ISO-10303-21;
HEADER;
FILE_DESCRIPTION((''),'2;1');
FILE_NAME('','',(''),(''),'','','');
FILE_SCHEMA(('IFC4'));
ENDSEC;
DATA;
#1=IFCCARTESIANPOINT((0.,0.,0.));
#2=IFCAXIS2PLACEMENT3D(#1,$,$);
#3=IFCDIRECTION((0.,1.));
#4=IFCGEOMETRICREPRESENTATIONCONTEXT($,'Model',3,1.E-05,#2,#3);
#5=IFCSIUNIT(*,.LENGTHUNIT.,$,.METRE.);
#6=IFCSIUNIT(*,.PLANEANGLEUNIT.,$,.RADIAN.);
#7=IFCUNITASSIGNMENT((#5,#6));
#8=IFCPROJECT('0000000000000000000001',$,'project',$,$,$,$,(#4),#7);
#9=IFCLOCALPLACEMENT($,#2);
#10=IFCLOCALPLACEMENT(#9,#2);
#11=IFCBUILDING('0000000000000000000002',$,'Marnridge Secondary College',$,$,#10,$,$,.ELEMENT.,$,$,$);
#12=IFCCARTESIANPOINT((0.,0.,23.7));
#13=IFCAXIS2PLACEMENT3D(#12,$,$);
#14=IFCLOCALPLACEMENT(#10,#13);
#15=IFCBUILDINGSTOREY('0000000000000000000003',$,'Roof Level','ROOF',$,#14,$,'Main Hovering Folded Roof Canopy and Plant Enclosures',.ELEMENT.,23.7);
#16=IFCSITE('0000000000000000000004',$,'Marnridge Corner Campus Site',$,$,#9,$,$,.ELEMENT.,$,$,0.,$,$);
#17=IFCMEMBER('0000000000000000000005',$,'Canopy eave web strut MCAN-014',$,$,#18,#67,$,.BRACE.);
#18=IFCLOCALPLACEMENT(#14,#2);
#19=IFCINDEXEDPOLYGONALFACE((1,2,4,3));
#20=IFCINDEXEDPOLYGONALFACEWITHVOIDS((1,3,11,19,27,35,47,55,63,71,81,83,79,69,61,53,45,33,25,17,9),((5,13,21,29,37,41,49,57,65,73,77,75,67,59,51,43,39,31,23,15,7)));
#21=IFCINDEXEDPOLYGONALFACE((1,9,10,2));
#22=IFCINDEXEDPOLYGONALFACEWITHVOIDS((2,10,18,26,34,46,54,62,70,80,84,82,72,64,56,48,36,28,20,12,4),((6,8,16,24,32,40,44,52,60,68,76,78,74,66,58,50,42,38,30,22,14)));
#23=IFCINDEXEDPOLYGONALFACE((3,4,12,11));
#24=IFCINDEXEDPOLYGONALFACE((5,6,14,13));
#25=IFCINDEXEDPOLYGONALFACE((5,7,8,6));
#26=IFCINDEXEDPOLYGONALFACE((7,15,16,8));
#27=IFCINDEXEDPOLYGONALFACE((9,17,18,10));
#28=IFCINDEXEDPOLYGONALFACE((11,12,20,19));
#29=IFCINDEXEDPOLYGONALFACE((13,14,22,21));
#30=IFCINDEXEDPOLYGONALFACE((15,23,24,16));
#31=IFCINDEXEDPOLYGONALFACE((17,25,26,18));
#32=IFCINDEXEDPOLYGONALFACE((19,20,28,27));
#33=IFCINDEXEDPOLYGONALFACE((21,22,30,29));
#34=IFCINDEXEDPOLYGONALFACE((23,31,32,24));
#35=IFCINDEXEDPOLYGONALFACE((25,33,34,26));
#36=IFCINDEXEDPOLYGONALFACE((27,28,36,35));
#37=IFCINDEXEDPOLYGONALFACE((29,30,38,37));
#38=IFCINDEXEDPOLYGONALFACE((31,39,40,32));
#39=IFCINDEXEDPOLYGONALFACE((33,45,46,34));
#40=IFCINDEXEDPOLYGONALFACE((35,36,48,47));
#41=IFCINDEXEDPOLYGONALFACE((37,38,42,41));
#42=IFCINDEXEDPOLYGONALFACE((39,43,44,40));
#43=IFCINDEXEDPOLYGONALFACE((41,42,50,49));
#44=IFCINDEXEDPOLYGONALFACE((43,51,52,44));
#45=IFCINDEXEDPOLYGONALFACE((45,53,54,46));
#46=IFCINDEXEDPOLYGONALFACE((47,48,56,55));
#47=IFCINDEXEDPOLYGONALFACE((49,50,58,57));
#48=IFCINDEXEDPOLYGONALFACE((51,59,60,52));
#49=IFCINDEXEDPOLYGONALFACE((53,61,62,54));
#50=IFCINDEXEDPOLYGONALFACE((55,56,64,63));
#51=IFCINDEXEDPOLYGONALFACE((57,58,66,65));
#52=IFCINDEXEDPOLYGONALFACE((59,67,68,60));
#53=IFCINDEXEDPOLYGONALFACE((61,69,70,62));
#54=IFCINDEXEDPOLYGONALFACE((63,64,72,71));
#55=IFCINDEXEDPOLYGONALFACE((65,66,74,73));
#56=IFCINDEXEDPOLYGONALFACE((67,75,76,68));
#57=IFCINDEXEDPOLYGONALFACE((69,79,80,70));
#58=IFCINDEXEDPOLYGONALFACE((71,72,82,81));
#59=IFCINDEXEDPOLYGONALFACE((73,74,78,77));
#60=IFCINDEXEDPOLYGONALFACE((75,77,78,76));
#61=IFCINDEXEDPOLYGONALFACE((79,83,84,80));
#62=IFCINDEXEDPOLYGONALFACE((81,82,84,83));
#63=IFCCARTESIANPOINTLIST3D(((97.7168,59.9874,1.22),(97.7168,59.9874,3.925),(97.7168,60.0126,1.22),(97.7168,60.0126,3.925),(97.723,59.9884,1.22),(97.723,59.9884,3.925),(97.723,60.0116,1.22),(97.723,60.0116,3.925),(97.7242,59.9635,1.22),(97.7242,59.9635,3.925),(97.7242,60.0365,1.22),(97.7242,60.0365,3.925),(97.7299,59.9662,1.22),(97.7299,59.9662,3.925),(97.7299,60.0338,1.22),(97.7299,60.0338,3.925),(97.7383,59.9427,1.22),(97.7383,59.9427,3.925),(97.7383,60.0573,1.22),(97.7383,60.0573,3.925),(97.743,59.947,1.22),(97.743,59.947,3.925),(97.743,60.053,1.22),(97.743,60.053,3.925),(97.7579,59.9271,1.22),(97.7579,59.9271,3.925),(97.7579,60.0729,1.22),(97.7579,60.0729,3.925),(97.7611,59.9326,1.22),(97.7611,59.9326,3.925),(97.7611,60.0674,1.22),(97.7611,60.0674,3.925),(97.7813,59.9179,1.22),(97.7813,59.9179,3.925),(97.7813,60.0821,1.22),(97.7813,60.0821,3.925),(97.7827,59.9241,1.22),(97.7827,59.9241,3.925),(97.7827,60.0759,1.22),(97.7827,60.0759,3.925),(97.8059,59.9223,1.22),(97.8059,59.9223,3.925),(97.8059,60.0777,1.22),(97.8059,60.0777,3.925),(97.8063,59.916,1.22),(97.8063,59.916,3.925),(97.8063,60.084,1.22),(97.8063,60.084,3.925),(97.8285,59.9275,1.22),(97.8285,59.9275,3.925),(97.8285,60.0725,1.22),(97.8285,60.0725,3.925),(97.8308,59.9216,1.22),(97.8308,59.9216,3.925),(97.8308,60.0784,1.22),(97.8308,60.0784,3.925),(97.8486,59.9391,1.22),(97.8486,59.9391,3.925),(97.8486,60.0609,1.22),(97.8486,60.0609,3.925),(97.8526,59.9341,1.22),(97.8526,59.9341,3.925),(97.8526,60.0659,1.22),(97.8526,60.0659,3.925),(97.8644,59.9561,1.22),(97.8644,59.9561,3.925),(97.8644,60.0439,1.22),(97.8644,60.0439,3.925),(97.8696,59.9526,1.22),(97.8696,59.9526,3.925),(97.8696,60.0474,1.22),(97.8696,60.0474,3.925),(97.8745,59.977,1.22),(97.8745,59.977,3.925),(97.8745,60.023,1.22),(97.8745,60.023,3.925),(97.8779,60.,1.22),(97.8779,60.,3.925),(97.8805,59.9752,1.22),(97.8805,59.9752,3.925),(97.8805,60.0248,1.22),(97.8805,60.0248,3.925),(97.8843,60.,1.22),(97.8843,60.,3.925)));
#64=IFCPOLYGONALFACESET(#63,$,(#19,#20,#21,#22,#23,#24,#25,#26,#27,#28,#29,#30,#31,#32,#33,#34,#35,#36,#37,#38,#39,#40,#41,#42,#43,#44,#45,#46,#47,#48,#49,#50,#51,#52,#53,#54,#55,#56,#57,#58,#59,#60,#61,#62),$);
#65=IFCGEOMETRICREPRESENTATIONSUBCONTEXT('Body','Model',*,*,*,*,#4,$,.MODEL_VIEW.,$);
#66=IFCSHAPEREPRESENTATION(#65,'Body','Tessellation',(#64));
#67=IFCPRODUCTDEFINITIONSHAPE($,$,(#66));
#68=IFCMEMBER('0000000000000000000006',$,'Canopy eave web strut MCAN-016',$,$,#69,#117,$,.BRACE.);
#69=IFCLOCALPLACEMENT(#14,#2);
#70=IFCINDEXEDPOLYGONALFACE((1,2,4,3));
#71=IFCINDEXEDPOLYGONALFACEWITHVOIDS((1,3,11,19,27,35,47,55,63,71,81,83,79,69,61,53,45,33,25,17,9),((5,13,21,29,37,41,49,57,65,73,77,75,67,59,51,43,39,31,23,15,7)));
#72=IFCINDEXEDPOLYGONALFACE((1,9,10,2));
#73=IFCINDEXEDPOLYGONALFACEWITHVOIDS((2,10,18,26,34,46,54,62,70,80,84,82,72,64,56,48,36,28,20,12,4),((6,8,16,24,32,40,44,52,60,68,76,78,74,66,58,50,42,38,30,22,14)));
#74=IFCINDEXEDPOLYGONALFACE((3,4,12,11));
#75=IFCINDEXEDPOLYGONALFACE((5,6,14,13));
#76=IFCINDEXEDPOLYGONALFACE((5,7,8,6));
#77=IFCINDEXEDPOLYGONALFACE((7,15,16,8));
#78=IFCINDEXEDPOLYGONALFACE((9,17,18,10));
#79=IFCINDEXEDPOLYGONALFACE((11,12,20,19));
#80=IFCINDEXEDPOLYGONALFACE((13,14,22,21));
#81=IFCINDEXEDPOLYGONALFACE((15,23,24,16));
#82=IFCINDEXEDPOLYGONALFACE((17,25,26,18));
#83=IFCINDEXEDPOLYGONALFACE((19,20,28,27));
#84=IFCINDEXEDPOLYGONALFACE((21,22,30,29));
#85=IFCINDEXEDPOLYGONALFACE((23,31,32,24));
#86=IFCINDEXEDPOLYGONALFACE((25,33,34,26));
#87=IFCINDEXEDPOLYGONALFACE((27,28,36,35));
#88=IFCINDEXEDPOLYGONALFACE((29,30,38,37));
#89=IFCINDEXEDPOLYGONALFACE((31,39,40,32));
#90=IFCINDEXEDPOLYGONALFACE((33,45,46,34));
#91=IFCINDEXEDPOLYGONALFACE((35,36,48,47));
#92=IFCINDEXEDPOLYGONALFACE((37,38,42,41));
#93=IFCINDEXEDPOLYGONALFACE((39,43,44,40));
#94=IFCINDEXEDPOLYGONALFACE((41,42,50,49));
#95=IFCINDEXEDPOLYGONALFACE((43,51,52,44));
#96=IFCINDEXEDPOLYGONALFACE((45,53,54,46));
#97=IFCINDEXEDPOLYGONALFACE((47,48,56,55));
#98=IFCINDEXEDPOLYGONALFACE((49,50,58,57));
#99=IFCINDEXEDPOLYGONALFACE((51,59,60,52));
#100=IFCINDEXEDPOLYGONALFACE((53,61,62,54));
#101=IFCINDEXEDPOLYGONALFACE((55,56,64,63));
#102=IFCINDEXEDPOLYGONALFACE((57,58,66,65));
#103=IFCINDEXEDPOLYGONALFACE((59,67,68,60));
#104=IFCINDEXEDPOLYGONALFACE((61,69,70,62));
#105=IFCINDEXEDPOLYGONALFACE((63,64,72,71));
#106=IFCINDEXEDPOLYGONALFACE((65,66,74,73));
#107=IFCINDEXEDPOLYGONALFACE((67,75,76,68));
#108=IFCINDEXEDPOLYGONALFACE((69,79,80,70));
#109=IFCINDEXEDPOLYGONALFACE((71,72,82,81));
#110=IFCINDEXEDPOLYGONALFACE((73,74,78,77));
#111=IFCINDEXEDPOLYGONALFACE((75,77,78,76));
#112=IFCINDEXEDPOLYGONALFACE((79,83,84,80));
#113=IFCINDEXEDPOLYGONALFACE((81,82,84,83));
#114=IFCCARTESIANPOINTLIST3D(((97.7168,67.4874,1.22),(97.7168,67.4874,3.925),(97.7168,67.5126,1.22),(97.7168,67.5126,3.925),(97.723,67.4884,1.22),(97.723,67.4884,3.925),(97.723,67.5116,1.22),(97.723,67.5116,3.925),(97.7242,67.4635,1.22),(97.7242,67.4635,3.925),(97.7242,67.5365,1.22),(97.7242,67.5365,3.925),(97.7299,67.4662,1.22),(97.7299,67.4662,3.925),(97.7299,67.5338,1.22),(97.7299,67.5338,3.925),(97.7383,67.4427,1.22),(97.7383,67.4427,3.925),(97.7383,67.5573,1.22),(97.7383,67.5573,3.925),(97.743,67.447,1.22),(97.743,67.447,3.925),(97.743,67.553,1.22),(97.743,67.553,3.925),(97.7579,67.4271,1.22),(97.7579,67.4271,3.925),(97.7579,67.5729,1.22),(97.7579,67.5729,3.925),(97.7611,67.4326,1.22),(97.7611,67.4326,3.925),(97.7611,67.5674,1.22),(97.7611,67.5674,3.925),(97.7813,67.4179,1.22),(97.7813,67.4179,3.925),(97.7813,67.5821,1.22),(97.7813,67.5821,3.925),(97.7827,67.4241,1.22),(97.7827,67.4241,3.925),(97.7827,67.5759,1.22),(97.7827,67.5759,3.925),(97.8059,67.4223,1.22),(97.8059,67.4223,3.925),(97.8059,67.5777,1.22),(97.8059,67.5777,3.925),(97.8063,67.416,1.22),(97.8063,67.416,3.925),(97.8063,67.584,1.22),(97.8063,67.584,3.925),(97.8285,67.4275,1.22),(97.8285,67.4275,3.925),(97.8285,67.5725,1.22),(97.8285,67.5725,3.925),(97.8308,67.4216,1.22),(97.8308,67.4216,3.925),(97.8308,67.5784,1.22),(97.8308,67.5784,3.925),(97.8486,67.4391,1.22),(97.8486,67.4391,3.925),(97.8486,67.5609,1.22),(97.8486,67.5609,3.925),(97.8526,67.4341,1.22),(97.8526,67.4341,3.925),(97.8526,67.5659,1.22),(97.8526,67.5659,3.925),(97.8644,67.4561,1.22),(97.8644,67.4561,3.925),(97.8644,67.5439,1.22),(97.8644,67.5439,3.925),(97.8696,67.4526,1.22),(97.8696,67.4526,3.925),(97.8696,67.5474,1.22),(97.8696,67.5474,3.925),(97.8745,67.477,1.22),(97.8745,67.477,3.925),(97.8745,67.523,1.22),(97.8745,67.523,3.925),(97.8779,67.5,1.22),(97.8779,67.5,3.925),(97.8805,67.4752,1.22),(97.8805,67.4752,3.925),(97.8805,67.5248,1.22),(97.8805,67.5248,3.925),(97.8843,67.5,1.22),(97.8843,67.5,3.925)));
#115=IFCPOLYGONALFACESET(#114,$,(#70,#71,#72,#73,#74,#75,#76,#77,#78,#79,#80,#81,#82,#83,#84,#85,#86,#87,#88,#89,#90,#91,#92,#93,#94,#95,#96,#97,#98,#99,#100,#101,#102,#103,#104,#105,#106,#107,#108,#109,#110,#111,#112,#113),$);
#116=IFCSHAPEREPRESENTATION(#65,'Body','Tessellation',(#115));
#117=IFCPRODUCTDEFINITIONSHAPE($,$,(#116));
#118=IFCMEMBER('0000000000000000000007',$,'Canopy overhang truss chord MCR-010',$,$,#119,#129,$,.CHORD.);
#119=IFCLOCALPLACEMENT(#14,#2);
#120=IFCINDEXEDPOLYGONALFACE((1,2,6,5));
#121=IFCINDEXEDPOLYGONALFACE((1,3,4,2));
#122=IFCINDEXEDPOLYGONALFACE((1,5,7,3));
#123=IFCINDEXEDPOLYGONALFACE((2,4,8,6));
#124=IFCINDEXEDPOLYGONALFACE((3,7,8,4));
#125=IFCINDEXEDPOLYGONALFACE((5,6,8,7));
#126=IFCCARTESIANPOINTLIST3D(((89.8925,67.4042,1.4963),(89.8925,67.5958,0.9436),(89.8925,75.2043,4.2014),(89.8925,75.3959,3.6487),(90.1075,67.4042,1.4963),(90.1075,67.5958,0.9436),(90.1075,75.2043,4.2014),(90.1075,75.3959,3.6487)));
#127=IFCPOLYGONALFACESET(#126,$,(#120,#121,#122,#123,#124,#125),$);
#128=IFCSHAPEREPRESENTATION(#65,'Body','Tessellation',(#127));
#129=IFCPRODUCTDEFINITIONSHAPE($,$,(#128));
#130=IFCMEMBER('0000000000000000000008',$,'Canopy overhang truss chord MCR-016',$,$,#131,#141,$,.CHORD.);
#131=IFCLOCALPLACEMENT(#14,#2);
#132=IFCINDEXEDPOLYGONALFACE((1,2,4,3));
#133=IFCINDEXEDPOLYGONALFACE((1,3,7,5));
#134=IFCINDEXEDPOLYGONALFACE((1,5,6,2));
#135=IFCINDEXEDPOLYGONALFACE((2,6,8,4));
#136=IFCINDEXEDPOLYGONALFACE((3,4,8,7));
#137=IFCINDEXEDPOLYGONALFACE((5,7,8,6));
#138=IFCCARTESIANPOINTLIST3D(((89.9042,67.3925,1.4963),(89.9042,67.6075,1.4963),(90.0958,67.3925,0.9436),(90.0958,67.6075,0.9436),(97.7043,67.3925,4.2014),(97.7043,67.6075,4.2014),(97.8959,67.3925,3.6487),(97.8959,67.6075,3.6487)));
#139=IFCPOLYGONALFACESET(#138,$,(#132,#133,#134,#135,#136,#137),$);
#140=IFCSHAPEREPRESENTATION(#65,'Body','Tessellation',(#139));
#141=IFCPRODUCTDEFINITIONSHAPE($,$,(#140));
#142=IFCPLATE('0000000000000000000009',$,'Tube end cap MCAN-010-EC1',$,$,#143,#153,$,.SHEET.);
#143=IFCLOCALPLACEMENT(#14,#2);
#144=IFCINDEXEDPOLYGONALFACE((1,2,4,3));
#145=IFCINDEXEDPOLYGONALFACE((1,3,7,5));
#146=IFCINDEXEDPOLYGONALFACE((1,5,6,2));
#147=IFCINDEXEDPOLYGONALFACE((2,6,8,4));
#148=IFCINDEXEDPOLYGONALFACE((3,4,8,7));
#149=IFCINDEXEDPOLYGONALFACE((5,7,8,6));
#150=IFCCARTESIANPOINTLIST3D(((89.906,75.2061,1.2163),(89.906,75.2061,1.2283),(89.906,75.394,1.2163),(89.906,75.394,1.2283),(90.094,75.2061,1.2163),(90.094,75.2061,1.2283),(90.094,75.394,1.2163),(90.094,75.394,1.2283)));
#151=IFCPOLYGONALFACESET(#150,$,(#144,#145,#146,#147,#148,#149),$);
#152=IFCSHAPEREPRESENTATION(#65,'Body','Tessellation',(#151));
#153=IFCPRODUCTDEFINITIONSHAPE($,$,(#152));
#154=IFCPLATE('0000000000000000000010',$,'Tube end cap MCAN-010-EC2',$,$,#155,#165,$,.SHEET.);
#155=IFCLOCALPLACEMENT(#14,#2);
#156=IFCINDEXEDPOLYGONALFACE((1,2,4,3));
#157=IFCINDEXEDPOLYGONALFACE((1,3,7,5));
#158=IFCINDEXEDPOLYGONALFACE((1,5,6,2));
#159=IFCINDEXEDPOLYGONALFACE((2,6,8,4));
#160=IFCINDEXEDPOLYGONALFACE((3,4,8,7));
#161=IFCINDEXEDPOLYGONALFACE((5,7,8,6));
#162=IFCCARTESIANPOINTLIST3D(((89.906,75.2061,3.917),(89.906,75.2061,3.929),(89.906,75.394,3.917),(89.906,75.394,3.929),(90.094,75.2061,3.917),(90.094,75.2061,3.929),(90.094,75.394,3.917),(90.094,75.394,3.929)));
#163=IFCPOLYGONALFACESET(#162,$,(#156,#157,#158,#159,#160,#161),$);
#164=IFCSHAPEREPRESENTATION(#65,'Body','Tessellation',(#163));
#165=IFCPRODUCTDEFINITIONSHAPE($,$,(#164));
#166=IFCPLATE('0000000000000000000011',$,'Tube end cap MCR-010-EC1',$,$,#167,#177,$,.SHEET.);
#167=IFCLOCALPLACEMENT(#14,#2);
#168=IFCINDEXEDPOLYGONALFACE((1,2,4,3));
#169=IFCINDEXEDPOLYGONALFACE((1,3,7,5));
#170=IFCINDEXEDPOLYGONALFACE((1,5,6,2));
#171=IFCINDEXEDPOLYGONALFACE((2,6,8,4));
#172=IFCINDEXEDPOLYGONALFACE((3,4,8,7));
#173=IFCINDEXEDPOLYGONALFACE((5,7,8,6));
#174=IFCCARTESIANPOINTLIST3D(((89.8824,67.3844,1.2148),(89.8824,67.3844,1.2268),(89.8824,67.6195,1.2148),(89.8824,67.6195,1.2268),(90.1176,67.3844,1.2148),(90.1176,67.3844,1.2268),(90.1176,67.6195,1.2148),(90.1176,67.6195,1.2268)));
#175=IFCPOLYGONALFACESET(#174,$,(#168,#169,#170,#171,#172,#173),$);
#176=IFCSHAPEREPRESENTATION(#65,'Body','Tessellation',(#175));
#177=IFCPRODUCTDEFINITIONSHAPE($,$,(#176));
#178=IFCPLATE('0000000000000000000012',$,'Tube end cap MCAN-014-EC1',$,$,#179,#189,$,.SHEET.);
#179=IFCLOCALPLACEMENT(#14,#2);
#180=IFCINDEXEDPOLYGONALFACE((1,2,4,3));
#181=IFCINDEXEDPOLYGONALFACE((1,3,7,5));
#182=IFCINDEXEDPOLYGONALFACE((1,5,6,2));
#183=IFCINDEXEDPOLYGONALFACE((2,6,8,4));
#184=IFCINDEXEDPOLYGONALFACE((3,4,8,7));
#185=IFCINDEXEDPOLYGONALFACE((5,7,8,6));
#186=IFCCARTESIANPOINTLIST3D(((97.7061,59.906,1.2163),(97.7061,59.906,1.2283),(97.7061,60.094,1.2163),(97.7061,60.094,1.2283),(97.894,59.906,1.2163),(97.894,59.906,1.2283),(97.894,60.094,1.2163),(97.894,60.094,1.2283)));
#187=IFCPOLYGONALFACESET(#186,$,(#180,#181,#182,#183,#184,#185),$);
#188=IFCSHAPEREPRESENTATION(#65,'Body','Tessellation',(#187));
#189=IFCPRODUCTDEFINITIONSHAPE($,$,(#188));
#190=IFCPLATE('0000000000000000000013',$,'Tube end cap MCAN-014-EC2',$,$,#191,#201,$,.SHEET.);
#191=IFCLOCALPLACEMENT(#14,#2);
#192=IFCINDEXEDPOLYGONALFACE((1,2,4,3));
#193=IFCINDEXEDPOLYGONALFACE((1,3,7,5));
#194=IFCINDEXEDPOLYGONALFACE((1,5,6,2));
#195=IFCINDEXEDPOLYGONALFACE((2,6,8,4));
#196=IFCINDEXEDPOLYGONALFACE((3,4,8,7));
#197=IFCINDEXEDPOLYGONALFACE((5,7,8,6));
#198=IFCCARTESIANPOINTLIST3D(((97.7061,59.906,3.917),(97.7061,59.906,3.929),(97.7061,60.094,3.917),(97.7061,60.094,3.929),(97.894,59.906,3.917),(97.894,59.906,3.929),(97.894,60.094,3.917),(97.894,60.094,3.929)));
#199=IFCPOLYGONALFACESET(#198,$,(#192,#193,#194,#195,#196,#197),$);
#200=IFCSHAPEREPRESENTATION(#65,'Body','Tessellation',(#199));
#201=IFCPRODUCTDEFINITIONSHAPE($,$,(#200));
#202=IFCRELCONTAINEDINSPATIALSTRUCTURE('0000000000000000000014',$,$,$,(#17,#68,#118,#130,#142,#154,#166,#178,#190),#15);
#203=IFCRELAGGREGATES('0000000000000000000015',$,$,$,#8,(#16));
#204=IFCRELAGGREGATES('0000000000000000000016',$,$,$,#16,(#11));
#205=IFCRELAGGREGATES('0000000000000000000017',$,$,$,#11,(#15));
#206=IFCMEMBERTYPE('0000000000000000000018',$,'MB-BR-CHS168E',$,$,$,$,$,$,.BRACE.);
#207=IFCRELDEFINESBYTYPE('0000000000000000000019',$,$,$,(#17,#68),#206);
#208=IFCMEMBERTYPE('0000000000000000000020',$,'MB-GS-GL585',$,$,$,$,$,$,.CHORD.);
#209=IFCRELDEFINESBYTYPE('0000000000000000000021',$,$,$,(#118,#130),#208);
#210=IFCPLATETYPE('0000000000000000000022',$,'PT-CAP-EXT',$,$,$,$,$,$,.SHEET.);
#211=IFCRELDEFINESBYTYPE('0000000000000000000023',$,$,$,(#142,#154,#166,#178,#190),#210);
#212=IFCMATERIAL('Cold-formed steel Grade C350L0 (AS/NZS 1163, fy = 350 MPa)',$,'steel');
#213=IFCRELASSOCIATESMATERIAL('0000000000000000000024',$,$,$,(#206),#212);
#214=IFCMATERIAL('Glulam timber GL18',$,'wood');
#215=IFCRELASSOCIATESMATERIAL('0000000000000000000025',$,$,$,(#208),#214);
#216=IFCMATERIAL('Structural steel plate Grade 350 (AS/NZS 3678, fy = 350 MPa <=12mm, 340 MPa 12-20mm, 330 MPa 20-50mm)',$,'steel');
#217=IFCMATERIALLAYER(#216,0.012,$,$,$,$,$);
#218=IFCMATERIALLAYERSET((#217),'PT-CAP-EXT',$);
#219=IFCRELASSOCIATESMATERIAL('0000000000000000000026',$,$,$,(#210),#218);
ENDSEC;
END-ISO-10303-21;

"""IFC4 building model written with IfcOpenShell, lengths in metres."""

from ifc_helpers import new_model, si_unit, direction, frame, origin, origin_2d, place, context, subcontext, project, spatial, rectangle, hollow_circle, extrude, material, layer, layer_set, material_profile, profile_set, type_object, element, save


model = new_model("IFC4")

# Units and contexts
model_context = context("Model", 3, precision=1e-05, world=origin(), true_north=direction((0.0, 1.0)))
body_context = subcontext(model_context, "Body", "Model", "MODEL_VIEW")
ifc_project = project(units=[si_unit("LENGTHUNIT", "METRE"), si_unit("PLANEANGLEUNIT", "RADIAN")], contexts=[model_context])

# Site, building, storey
site_placement = place(None, origin())
site = spatial("IfcSite", under=ifc_project, at=site_placement, Name="Marnridge Corner Campus Site", CompositionType="ELEMENT", RefElevation=0.0)
building_placement = place(site_placement, origin())
building = spatial("IfcBuilding", under=site, at=building_placement, Name="Marnridge Secondary College", CompositionType="ELEMENT")
storey_placement = place(building_placement, frame((0.0, 0.0, 23.7)))
storey = spatial("IfcBuildingStorey", under=building, at=storey_placement, Name="Roof Level", Description="ROOF", LongName="Main Hovering Folded Roof Canopy and Plant Enclosures", CompositionType="ELEMENT", Elevation=23.7)

# Members
ifc_material_1 = material(Name="Cold-formed steel Grade C350L0 (AS/NZS 1163, fy = 350 MPa)", Category="steel")
ifc_material_profile_1 = material_profile(ifc_material_1, hollow_circle(Radius=0.0842, WallThickness=0.0063, at=origin_2d()), Name="168.3x6.4CHS")
ifc_profile_set_1 = profile_set([ifc_material_profile_1], Name="Cold-formed steel Grade C350L0 (AS/NZS 1163, fy = 350 MPa)")
member_type_1 = type_object("IfcMemberType", Name="MB-BR-CHS168E", PredefinedType="BRACE", material=ifc_profile_set_1)
for number, where, z_axis, x_axis, name in (
    (1, (97.8, 60.0, 1.22), (0.0, 0.0, 1.0), (1.0, 0.0, 0.0), "Canopy eave web strut MCAN-014"),
    (2, (97.8, 67.5, 1.22), (0.0, 0.0, 1.0), (1.0, 0.0, 0.0), "Canopy eave web strut MCAN-016"),
):
    element("IfcMember", number, at=place(storey_placement, frame(where, z_axis=z_axis, x_axis=x_axis)), inside=storey, type_object=member_type_1, Name=name, PredefinedType="BRACE", context=body_context, shape_type="SweptSolid", body=[
        extrude(hollow_circle(Radius=0.0842, WallThickness=0.0063, at=origin_2d()), origin(), (0.0, 0.0, 1.0), 2.7051),
    ])
ifc_material_2 = material(Name="Glulam timber GL18", Category="wood")
ifc_material_profile_2 = material_profile(ifc_material_2, rectangle(XDim=0.2151, YDim=0.585, at=origin_2d()), Name="GL18 215x585")
ifc_profile_set_2 = profile_set([ifc_material_profile_2], Name="Glulam timber GL18")
member_type_2 = type_object("IfcMemberType", Name="MB-GS-GL585", PredefinedType="CHORD", material=ifc_profile_set_2)
for number, where, z_axis, x_axis, name in (
    (3, (90.0, 67.5, 1.22), (0.0, 0.944796, 0.327658), (-1.0, 0.0, 0.0), "Canopy overhang truss chord MCR-010"),
    (4, (90.0, 67.5, 1.22), (0.944796, 0.0, 0.327658), (0.0, 1.0, 0.0), "Canopy overhang truss chord MCR-016"),
):
    element("IfcMember", number, at=place(storey_placement, frame(where, z_axis=z_axis, x_axis=x_axis)), inside=storey, type_object=member_type_2, Name=name, PredefinedType="CHORD", context=body_context, shape_type="SweptSolid", body=[
        extrude(rectangle(XDim=0.2151, YDim=0.585, at=origin_2d()), origin(), (0.0, 0.0, 1.0), 8.2559),
    ])

# Plates
ifc_material_3 = material(Name="Structural steel plate Grade 350 (AS/NZS 3678, fy = 350 MPa <=12mm, 340 MPa 12-20mm, 330 MPa 20-50mm)", Category="steel")
ifc_layer_1 = layer(ifc_material_3, 0.012)
ifc_layer_set_1 = layer_set([ifc_layer_1], Name="PT-CAP-EXT")
plate_type_1 = type_object("IfcPlateType", Name="PT-CAP-EXT", PredefinedType="SHEET", material=ifc_layer_set_1)
for number, where, z_axis, x_axis, name in (
    (5, (90.0, 75.3, 1.2163), (0.0, 0.0, 1.0), (1.0, 0.0, 0.0), "Tube end cap MCAN-010-EC1"),
    (6, (90.0, 75.3, 3.917), (0.0, 0.0, 1.0), (1.0, 0.0, 0.0), "Tube end cap MCAN-010-EC2"),
):
    element("IfcPlate", number, at=place(storey_placement, frame(where, z_axis=z_axis, x_axis=x_axis)), inside=storey, type_object=plate_type_1, Name=name, PredefinedType="SHEET", context=body_context, shape_type="SweptSolid", body=[
        extrude(rectangle(XDim=0.188, YDim=0.188, at=origin_2d()), origin(), (0.0, 0.0, 1.0), 0.012),
    ])
plate_1_placement = place(storey_placement, frame((90.0, 67.502, 1.2148), z_axis=(0.0, 0.0, 1.0), x_axis=(0.0, 1.0, 0.0)))
element("IfcPlate", 7, at=plate_1_placement, inside=storey, type_object=plate_type_1, Name="Tube end cap MCR-010-EC1", PredefinedType="SHEET", context=body_context, shape_type="SweptSolid", body=[
    extrude(rectangle(XDim=0.2351, YDim=0.2351, at=origin_2d()), origin(), (0.0, 0.0, 1.0), 0.012),
])
for number, where, z_axis, x_axis, name in (
    (8, (97.8, 60.0, 1.2163), (0.0, 0.0, 1.0), (1.0, 0.0, 0.0), "Tube end cap MCAN-014-EC1"),
    (9, (97.8, 60.0, 3.917), (0.0, 0.0, 1.0), (1.0, 0.0, 0.0), "Tube end cap MCAN-014-EC2"),
):
    element("IfcPlate", number, at=place(storey_placement, frame(where, z_axis=z_axis, x_axis=x_axis)), inside=storey, type_object=plate_type_1, Name=name, PredefinedType="SHEET", context=body_context, shape_type="SweptSolid", body=[
        extrude(rectangle(XDim=0.188, YDim=0.188, at=origin_2d()), origin(), (0.0, 0.0, 1.0), 0.012),
    ])

save(model, "model.ifc")
